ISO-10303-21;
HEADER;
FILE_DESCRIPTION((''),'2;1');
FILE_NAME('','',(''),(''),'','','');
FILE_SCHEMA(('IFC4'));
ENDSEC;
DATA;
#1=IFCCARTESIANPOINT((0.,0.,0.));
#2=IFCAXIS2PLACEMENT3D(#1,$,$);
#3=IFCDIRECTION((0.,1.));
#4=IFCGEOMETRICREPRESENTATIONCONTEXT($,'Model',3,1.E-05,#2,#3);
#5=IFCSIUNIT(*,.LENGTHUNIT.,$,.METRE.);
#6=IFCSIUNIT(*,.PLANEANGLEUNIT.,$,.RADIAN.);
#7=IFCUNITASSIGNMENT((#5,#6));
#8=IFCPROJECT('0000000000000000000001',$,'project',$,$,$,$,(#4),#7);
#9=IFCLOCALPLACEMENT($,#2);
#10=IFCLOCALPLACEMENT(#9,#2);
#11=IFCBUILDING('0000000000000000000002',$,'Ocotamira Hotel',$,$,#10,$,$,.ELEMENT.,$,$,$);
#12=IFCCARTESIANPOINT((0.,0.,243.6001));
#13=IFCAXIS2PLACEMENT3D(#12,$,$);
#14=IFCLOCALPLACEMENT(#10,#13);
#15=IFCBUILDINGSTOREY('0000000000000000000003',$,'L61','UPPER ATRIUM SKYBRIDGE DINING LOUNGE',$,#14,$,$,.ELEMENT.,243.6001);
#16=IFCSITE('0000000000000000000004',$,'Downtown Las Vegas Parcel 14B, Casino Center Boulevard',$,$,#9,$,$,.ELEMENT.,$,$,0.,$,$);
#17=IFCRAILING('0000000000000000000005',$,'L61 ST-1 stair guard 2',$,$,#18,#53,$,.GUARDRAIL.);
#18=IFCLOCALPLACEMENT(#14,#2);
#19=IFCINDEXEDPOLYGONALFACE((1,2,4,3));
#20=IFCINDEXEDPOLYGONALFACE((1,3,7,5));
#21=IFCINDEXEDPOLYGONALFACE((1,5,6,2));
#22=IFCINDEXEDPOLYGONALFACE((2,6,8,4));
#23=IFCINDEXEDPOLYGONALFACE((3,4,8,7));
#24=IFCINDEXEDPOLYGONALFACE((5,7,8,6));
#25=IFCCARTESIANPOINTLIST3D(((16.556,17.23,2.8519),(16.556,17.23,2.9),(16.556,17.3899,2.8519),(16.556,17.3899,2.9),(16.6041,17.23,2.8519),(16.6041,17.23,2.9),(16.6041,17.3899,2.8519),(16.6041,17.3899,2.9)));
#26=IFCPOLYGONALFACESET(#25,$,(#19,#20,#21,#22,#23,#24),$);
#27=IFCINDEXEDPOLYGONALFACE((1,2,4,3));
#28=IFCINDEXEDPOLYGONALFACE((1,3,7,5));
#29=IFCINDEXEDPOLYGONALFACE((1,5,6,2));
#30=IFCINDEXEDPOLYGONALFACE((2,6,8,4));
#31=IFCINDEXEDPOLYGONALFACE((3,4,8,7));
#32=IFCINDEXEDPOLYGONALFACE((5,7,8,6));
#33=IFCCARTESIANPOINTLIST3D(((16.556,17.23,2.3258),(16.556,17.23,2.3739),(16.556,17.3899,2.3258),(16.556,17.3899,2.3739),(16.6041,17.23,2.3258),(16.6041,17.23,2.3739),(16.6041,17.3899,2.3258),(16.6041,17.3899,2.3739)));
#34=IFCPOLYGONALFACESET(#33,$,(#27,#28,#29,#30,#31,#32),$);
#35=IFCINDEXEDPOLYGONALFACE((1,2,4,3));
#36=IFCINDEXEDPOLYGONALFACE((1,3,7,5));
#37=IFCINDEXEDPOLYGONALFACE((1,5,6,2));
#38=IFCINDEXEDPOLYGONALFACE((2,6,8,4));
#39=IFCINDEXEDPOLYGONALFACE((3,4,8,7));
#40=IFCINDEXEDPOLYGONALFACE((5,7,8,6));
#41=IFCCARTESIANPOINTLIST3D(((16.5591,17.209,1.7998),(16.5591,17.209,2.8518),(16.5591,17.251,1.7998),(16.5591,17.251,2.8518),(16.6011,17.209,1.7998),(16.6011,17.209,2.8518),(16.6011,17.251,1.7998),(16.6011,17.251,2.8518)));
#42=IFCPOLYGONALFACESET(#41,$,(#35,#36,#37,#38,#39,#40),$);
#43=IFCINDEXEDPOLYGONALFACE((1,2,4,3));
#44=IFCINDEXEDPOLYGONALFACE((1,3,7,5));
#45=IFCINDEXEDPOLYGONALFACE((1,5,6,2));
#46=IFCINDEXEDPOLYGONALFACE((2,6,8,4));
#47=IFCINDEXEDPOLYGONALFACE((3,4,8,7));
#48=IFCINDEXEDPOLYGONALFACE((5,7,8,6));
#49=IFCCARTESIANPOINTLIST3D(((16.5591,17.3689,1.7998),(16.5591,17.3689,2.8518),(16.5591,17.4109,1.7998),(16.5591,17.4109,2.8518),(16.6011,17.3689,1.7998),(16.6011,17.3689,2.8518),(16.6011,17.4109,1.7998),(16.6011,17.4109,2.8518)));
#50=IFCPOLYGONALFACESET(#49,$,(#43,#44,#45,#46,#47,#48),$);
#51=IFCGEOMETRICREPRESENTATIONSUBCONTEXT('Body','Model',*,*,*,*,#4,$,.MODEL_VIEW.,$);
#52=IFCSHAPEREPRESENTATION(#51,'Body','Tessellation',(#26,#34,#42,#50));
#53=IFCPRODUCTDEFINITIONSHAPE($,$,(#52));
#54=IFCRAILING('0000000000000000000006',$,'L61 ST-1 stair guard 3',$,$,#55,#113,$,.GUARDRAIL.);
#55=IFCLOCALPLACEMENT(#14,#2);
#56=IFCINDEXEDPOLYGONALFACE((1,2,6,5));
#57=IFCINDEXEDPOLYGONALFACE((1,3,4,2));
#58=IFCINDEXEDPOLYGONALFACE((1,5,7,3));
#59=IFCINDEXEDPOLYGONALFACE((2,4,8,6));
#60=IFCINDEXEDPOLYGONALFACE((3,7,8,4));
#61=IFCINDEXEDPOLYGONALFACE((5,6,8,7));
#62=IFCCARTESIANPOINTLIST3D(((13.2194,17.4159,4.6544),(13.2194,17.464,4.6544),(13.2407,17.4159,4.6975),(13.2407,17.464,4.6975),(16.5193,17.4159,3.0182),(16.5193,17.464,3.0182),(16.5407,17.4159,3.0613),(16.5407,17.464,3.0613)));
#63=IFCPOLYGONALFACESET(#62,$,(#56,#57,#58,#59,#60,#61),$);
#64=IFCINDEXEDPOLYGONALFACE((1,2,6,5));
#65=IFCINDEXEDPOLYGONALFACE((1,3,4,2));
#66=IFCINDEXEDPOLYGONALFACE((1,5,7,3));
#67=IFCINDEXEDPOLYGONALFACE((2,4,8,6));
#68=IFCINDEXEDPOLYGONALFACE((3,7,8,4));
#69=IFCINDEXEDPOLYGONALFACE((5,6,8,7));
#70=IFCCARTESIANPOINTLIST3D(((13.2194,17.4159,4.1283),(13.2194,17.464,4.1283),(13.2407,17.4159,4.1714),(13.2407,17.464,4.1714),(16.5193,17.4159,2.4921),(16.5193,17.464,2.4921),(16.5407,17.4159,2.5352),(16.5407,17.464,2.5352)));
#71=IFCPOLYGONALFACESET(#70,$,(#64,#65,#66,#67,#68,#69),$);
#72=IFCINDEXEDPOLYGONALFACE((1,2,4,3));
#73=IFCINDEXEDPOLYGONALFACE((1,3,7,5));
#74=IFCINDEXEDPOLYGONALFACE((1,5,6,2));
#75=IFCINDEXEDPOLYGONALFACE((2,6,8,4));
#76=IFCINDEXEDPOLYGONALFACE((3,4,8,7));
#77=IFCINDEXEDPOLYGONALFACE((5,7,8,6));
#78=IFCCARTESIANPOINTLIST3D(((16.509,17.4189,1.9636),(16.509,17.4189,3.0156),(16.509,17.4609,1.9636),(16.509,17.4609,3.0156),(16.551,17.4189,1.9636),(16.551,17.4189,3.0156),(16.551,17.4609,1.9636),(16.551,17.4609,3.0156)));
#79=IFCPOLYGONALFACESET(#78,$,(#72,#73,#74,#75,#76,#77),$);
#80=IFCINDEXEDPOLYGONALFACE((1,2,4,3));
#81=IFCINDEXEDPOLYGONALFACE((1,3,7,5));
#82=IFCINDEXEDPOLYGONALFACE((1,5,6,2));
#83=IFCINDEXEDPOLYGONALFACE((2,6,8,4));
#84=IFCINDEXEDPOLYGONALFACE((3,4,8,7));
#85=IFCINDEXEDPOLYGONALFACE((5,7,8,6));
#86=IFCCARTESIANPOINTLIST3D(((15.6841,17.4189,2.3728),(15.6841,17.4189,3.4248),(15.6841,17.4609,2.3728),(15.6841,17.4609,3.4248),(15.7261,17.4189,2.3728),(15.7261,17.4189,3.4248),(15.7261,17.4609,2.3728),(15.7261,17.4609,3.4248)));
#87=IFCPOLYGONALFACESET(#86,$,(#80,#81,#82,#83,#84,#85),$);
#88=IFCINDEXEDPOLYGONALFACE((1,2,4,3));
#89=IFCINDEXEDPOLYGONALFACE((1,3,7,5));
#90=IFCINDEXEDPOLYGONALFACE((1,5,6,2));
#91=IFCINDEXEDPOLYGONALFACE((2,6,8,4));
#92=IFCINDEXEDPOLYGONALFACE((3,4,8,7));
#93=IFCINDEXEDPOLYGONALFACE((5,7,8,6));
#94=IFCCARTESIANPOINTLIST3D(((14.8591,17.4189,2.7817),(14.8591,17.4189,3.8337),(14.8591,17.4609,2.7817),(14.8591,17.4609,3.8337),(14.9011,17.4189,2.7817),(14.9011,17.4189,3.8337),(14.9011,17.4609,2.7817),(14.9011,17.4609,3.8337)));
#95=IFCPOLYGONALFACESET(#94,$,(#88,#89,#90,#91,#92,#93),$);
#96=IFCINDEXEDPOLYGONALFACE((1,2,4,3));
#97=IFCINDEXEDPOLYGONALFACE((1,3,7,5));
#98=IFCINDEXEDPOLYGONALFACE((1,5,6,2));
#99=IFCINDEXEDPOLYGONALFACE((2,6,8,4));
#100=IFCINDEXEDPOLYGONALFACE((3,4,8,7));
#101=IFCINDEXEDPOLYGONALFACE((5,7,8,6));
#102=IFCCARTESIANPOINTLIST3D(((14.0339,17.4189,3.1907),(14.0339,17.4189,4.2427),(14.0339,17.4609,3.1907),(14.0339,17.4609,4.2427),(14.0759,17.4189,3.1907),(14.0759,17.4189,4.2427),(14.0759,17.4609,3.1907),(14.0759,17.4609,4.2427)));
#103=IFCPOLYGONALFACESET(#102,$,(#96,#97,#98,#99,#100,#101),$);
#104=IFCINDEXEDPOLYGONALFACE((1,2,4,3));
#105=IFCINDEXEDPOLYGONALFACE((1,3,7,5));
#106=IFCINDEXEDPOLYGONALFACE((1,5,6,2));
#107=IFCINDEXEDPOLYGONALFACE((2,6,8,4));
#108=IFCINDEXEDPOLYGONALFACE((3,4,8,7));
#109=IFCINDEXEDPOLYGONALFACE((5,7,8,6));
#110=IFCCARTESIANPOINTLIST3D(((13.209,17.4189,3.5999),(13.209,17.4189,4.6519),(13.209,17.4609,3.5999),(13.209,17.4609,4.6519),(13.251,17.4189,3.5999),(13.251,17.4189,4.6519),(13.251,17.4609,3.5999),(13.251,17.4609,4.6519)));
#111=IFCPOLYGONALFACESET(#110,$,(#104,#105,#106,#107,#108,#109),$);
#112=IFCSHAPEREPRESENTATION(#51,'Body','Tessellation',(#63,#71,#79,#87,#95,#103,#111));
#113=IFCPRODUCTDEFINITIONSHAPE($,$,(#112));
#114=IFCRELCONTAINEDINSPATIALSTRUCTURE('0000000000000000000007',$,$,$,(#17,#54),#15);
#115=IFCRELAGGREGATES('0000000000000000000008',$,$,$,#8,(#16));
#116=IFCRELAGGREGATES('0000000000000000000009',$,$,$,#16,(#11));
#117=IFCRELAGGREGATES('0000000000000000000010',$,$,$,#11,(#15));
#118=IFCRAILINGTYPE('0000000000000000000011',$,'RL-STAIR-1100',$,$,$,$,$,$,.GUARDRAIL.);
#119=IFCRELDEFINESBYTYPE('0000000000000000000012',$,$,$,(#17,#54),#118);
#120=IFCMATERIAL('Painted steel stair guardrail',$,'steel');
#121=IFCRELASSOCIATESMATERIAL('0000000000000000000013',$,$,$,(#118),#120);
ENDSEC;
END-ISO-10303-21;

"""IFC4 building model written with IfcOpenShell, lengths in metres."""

from ifc_helpers import new_model, si_unit, direction, frame, origin, origin_2d, place, context, subcontext, project, spatial, rectangle, extrude, material, type_object, element, save


model = new_model("IFC4")

# Units and contexts
model_context = context("Model", 3, precision=1e-05, world=origin(), true_north=direction((0.0, 1.0)))
body_context = subcontext(model_context, "Body", "Model", "MODEL_VIEW")
ifc_project = project(units=[si_unit("LENGTHUNIT", "METRE"), si_unit("PLANEANGLEUNIT", "RADIAN")], contexts=[model_context])

# Site, building, storey
site_placement = place(None, origin())
site = spatial("IfcSite", under=ifc_project, at=site_placement, Name="Downtown Las Vegas Parcel 14B, Casino Center Boulevard", CompositionType="ELEMENT", RefElevation=0.0)
building_placement = place(site_placement, origin())
building = spatial("IfcBuilding", under=site, at=building_placement, Name="Ocotamira Hotel", CompositionType="ELEMENT")
storey_placement = place(building_placement, frame((0.0, 0.0, 243.6001)))
storey = spatial("IfcBuildingStorey", under=building, at=storey_placement, Name="L61", Description="UPPER ATRIUM SKYBRIDGE DINING LOUNGE", CompositionType="ELEMENT", Elevation=243.6001)

# Railings
ifc_material_1 = material(Name="Painted steel stair guardrail", Category="steel")
railing_type_1 = type_object("IfcRailingType", Name="RL-STAIR-1100", PredefinedType="GUARDRAIL", material=ifc_material_1)
railing_1_placement = place(storey_placement, frame((16.5801, 17.23, 1.7998)))
element("IfcRailing", 1, at=railing_1_placement, inside=storey, type_object=railing_type_1, Name="L61 ST-1 stair guard 2", PredefinedType="GUARDRAIL", context=body_context, shape_type="SweptSolid", body=[
    extrude(rectangle(XDim=0.0481, YDim=0.0481, at=origin_2d()), frame((0.0, 0.0, 1.0762), z_axis=(0.0, 1.0, 0.0), x_axis=(-1.0, 0.0, 0.0)), (0.0, 0.0, 1.0), 0.1599),
    extrude(rectangle(XDim=0.0481, YDim=0.0481, at=origin_2d()), frame((0.0, 0.0, 0.55), z_axis=(0.0, 1.0, 0.0), x_axis=(-1.0, 0.0, 0.0)), (0.0, 0.0, 1.0), 0.1599),
    extrude(rectangle(XDim=0.042, YDim=0.042, at=origin_2d()), origin(), (0.0, 0.0, 1.0), 1.052),
    extrude(rectangle(XDim=0.042, YDim=0.042, at=origin_2d()), frame((0.0, 0.1599, 0.0)), (0.0, 0.0, 1.0), 1.052),
])
railing_2_placement = place(storey_placement, frame((16.53, 17.4399, 1.9636)))
element("IfcRailing", 2, at=railing_2_placement, inside=storey, type_object=railing_type_1, Name="L61 ST-1 stair guard 3", PredefinedType="GUARDRAIL", context=body_context, shape_type="SweptSolid", body=[
    extrude(rectangle(XDim=0.0481, YDim=0.0481, at=origin_2d()), frame((0.0, 0.0, 1.0762), z_axis=(-0.89592, 0.0, 0.444215), x_axis=(0.0, -1.0, 0.0)), (0.0, 0.0, 1.0), 3.6833),
    extrude(rectangle(XDim=0.0481, YDim=0.0481, at=origin_2d()), frame((0.0, 0.0, 0.55), z_axis=(-0.89592, 0.0, 0.444215), x_axis=(0.0, -1.0, 0.0)), (0.0, 0.0, 1.0), 3.6833),
    extrude(rectangle(XDim=0.042, YDim=0.042, at=origin_2d()), origin(), (0.0, 0.0, 1.0), 1.052),
    extrude(rectangle(XDim=0.042, YDim=0.042, at=origin_2d()), frame((-0.825, 0.0, 0.4092)), (0.0, 0.0, 1.0), 1.052),
    extrude(rectangle(XDim=0.042, YDim=0.042, at=origin_2d()), frame((-1.6499, 0.0, 0.8181)), (0.0, 0.0, 1.0), 1.052),
    extrude(rectangle(XDim=0.042, YDim=0.042, at=origin_2d()), frame((-2.4751, 0.0, 1.2271)), (0.0, 0.0, 1.0), 1.052),
    extrude(rectangle(XDim=0.042, YDim=0.042, at=origin_2d()), frame((-3.3, 0.0, 1.6362)), (0.0, 0.0, 1.0), 1.052),
])

save(model, "model.ifc")
